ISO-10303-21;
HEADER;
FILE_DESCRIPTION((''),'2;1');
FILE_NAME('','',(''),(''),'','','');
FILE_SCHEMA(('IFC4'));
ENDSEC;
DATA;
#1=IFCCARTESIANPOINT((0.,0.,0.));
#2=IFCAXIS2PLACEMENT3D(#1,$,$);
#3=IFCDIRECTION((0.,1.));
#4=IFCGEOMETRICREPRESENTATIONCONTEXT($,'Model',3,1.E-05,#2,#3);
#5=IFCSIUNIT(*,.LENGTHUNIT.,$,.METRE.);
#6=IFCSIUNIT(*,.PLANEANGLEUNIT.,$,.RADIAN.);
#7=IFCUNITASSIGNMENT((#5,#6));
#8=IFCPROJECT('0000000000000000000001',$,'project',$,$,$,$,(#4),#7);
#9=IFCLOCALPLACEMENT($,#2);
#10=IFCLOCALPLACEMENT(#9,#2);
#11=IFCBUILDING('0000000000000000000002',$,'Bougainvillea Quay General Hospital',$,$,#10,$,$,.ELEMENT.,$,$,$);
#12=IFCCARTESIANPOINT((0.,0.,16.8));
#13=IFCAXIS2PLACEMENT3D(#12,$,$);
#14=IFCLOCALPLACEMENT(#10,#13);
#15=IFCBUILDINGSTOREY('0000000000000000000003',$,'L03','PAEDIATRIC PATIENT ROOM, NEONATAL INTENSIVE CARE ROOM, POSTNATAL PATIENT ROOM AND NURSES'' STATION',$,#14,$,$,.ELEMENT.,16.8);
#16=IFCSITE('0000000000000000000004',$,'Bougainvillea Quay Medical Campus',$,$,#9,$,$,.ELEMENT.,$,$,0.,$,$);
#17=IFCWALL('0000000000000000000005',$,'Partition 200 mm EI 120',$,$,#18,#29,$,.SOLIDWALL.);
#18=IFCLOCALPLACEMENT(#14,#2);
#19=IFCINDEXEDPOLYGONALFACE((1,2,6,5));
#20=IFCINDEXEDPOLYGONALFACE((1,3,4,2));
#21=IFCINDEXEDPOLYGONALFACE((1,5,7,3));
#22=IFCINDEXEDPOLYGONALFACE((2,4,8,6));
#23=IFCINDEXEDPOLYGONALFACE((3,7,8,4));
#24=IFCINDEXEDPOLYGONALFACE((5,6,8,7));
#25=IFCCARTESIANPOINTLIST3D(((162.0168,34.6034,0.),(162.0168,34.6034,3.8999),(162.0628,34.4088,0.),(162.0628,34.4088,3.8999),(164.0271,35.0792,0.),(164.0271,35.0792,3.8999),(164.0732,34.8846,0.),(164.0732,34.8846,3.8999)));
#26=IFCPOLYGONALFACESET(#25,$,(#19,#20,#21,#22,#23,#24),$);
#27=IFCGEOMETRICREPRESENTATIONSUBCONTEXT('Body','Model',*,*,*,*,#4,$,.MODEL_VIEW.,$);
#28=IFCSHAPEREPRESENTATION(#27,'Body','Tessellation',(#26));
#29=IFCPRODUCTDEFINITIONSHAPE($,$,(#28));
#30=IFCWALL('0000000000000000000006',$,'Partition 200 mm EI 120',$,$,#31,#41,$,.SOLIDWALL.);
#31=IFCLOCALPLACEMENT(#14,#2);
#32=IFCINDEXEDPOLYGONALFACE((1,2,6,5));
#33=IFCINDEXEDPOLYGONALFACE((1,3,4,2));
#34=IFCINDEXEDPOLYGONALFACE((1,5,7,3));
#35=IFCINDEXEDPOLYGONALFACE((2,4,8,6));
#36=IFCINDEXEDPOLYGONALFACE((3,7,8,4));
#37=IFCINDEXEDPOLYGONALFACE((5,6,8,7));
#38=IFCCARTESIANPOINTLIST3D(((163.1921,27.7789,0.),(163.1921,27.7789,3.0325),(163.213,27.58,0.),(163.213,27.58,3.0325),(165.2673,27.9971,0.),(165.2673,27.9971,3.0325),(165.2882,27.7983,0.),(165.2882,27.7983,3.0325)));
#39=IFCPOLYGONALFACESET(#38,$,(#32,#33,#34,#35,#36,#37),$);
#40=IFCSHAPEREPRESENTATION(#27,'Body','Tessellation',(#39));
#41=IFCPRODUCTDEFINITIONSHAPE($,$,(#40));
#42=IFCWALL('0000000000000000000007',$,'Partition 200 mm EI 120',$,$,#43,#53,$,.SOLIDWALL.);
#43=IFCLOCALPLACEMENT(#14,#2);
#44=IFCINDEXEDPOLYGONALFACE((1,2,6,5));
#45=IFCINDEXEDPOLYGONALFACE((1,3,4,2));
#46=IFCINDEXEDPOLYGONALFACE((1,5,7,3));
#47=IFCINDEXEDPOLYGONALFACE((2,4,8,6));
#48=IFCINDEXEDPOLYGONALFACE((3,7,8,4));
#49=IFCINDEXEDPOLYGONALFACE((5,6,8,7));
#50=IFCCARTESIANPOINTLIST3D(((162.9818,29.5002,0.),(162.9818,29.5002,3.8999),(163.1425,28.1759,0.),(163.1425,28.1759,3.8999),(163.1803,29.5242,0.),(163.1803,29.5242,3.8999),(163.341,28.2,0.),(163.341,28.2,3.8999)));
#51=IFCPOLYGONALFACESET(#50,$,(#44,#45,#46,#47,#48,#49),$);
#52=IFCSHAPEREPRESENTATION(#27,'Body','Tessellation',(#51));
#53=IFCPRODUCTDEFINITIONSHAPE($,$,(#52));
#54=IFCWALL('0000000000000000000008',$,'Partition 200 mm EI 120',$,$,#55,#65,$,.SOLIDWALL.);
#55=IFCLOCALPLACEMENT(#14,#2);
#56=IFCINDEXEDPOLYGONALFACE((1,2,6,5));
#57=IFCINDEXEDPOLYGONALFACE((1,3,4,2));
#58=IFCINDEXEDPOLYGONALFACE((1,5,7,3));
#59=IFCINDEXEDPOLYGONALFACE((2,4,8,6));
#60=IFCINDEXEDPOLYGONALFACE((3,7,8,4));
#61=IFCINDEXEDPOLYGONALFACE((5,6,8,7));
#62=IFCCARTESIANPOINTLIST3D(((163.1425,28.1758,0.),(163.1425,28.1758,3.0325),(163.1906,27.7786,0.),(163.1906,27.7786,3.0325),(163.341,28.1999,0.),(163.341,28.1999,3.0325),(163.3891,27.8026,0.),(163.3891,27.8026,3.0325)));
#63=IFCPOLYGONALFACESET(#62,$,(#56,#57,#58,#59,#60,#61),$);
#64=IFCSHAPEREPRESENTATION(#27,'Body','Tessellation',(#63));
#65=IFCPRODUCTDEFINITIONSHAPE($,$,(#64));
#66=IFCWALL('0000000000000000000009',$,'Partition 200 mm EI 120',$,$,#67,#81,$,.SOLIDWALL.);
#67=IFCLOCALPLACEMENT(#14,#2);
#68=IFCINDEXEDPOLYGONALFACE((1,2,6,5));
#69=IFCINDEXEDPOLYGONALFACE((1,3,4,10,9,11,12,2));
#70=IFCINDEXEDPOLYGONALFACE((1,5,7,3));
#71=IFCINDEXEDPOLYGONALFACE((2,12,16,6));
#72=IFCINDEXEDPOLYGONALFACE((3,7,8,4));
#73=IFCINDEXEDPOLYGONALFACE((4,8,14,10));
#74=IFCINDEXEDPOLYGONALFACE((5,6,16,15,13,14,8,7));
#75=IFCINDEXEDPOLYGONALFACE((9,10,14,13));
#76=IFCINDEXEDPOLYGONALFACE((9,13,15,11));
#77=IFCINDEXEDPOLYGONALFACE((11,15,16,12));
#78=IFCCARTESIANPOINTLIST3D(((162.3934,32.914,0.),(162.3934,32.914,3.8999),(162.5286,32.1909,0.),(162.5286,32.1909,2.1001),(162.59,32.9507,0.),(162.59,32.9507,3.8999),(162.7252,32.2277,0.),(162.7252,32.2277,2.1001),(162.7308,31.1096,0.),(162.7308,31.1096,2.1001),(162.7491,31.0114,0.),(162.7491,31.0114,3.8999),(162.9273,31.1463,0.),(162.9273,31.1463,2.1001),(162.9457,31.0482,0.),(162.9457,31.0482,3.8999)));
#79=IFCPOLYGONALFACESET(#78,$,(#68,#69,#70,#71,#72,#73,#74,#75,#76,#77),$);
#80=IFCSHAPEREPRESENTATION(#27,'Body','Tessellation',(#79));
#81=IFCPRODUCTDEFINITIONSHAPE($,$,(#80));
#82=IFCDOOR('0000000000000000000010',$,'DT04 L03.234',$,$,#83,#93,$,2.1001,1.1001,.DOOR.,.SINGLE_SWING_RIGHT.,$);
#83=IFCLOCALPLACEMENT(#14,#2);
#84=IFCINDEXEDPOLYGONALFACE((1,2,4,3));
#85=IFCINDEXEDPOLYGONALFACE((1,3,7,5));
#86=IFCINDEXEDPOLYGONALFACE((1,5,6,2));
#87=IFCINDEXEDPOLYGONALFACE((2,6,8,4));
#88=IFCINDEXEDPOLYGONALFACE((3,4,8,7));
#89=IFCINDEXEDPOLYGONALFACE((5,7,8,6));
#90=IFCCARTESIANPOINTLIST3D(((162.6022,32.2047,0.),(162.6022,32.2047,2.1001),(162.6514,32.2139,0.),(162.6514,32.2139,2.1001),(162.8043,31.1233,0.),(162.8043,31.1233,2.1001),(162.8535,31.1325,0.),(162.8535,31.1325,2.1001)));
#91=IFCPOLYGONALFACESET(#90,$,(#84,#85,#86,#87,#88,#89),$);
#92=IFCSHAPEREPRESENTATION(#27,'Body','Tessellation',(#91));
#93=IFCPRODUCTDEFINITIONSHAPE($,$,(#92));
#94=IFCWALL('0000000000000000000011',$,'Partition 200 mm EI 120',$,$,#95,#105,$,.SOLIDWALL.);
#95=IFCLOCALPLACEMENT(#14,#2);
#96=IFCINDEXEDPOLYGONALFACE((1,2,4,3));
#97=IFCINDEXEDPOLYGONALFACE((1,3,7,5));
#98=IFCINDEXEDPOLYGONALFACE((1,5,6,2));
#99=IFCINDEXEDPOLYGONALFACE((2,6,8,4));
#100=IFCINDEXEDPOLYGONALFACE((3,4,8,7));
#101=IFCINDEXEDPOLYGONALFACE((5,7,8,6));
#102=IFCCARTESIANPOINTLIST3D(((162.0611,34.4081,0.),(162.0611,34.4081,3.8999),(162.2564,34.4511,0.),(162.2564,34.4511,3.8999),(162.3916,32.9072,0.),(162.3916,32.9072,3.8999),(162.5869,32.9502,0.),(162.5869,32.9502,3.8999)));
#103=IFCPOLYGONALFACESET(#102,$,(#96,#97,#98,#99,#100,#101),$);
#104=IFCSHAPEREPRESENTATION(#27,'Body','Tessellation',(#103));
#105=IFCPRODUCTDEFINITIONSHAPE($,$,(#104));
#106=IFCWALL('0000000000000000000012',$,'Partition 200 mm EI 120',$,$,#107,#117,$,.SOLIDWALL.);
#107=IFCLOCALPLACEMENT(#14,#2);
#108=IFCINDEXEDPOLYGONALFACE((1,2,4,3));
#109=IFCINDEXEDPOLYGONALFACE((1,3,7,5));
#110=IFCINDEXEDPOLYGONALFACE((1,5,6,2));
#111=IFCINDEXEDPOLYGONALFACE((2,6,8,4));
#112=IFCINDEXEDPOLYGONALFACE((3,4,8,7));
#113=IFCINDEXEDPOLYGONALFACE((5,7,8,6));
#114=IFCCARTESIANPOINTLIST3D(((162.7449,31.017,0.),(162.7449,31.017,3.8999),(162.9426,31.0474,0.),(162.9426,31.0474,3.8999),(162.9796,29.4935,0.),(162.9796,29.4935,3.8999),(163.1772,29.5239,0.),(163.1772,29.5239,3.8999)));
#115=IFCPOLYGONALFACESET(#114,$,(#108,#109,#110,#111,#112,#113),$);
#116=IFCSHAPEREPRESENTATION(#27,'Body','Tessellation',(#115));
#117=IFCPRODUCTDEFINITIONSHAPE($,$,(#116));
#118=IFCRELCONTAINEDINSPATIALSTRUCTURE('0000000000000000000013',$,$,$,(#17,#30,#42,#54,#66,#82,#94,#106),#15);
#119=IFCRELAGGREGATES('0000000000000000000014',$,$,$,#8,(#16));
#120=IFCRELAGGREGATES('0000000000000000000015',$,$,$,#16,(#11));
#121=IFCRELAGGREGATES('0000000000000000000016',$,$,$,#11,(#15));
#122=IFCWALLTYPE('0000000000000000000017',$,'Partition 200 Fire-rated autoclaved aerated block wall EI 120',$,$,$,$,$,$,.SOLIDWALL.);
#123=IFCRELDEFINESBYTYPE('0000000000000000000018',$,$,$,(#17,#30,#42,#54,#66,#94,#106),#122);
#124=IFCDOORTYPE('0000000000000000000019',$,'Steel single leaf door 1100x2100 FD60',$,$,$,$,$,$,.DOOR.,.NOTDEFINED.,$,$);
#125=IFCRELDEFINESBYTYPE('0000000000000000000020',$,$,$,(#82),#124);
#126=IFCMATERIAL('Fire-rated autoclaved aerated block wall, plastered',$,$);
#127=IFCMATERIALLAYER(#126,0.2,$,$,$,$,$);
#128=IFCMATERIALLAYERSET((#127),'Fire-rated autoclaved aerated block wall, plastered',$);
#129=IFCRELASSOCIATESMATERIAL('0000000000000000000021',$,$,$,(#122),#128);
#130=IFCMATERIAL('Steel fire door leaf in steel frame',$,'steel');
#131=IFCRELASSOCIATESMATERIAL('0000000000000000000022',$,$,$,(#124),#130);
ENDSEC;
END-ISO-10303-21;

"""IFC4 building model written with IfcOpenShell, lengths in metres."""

from ifc_helpers import new_model, si_unit, direction, frame, frame_2d, origin, place, context, subcontext, project, spatial, rectangle, extrude, material, layer, layer_set, type_object, element, fill, save


model = new_model("IFC4")

# Units and contexts
model_context = context("Model", 3, precision=1e-05, world=origin(), true_north=direction((0.0, 1.0)))
body_context = subcontext(model_context, "Body", "Model", "MODEL_VIEW")
ifc_project = project(units=[si_unit("LENGTHUNIT", "METRE"), si_unit("PLANEANGLEUNIT", "RADIAN")], contexts=[model_context])

# Site, building, storey
site_placement = place(None, origin())
site = spatial("IfcSite", under=ifc_project, at=site_placement, Name="Bougainvillea Quay Medical Campus", CompositionType="ELEMENT", RefElevation=0.0)
building_placement = place(site_placement, origin())
building = spatial("IfcBuilding", under=site, at=building_placement, Name="Bougainvillea Quay General Hospital", CompositionType="ELEMENT")
storey_placement = place(building_placement, frame((0.0, 0.0, 16.8)))
storey = spatial("IfcBuildingStorey", under=building, at=storey_placement, Name="L03", Description="PAEDIATRIC PATIENT ROOM, NEONATAL INTENSIVE CARE ROOM, POSTNATAL PATIENT ROOM AND NURSES' STATION", CompositionType="ELEMENT", Elevation=16.8)

# Walls
ifc_material_1 = material(Name="Fire-rated autoclaved aerated block wall, plastered")
ifc_layer_1 = layer(ifc_material_1, 0.2)
ifc_layer_set_1 = layer_set([ifc_layer_1], Name="Fire-rated autoclaved aerated block wall, plastered")
wall_type_1 = type_object("IfcWallType", Name="Partition 200 Fire-rated autoclaved aerated block wall EI 120", PredefinedType="SOLIDWALL", material=ifc_layer_set_1)
wall_1_placement = place(storey_placement, frame((162.0398, 34.5061, 0.0), z_axis=(0.0, 0.0, 1.0), x_axis=(0.973117, 0.23031, 0.0)))
element("IfcWall", 1, at=wall_1_placement, inside=storey, type_object=wall_type_1, Name="Partition 200 mm EI 120", PredefinedType="SOLIDWALL", context=body_context, shape_type="SweptSolid", body=[
    extrude(rectangle(XDim=2.0659, YDim=0.2, at=frame_2d((1.033, 0.0))), origin(), (0.0, 0.0, 1.0), 3.8999),
])
wall_2_placement = place(storey_placement, frame((163.2024, 27.6794, 0.0), z_axis=(0.0, 0.0, 1.0), x_axis=(0.994514, 0.1046, 0.0)))
element("IfcWall", 2, at=wall_2_placement, inside=storey, type_object=wall_type_1, Name="Partition 200 mm EI 120", PredefinedType="SOLIDWALL", context=body_context, shape_type="SweptSolid", body=[
    extrude(rectangle(XDim=2.0867, YDim=0.2, at=frame_2d((1.0435, 0.0))), origin(), (0.0, 0.0, 1.0), 3.0325),
])
wall_3_placement = place(storey_placement, frame((163.0811, 29.5122, 0.0), z_axis=(0.0, 0.0, 1.0), x_axis=(0.12043, -0.992722, 0.0)))
element("IfcWall", 3, at=wall_3_placement, inside=storey, type_object=wall_type_1, Name="Partition 200 mm EI 120", PredefinedType="SOLIDWALL", context=body_context, shape_type="SweptSolid", body=[
    extrude(rectangle(XDim=1.334, YDim=0.2, at=frame_2d((0.667, 0.0))), origin(), (0.0, 0.0, 1.0), 3.8999),
])
wall_4_placement = place(storey_placement, frame((163.2417, 28.188, 0.0), z_axis=(0.0, 0.0, 1.0), x_axis=(0.120204, -0.992749, 0.0)))
element("IfcWall", 4, at=wall_4_placement, inside=storey, type_object=wall_type_1, Name="Partition 200 mm EI 120", PredefinedType="SOLIDWALL", context=body_context, shape_type="SweptSolid", body=[
    extrude(rectangle(XDim=0.4001, YDim=0.2, at=frame_2d((0.2002, 0.0))), origin(), (0.0, 0.0, 1.0), 3.0325),
])

# Wall, opening, door
wall_5_placement = place(storey_placement, frame((162.4917, 32.9324, 0.0), z_axis=(0.0, 0.0, 1.0), x_axis=(0.183778, -0.982968, 0.0)))
wall_5 = element("IfcWall", 5, at=wall_5_placement, inside=storey, type_object=wall_type_1, Name="Partition 200 mm EI 120", PredefinedType="SOLIDWALL", context=body_context, shape_type="SweptSolid", body=[
    extrude(rectangle(XDim=1.9355, YDim=0.2, at=frame_2d((0.9678, 0.0))), origin(), (0.0, 0.0, 1.0), 3.8999),
])
opening_placement = place(wall_5_placement, frame((0.7356, 0.0, 0.0)))
opening = element("IfcOpeningElement", 6, at=opening_placement, cuts=wall_5, PredefinedType="OPENING", context=body_context, shape_type="SweptSolid", body=[
    extrude(rectangle(XDim=1.1001, YDim=2.1001, at=frame_2d((0.55, 1.05))), frame((0.0, 0.1099, 0.0), z_axis=(0.0, -1.0, 0.0), x_axis=(1.0, 0.0, 0.0)), (0.0, 0.0, 1.0), 0.22),
])
ifc_material_2 = material(Name="Steel fire door leaf in steel frame", Category="steel")
door_type = type_object("IfcDoorType", Name="Steel single leaf door 1100x2100 FD60", OperationType="NOTDEFINED", PredefinedType="DOOR", material=ifc_material_2)
door_placement = place(opening_placement, origin())
door = element("IfcDoor", 7, at=door_placement, inside=storey, type_object=door_type, Name="DT04 L03.234", OperationType="SINGLE_SWING_RIGHT", OverallHeight=2.1001, OverallWidth=1.1001, PredefinedType="DOOR", context=body_context, shape_type="SweptSolid", body=[
    extrude(rectangle(XDim=1.1001, YDim=2.1001, at=frame_2d((0.55, 1.05))), frame((0.0, 0.0249, 0.0), z_axis=(0.0, -1.0, 0.0), x_axis=(1.0, 0.0, 0.0)), (0.0, 0.0, 1.0), 0.05),
])
fill(opening, door)

# Walls
wall_6_placement = place(storey_placement, frame((162.1587, 34.4297, 0.0), z_axis=(0.0, 0.0, 1.0), x_axis=(0.21508, -0.976596, 0.0)))
element("IfcWall", 8, at=wall_6_placement, inside=storey, type_object=wall_type_1, Name="Partition 200 mm EI 120", PredefinedType="SOLIDWALL", context=body_context, shape_type="SweptSolid", body=[
    extrude(rectangle(XDim=1.5369, YDim=0.2, at=frame_2d((0.7686, 0.0))), origin(), (0.0, 0.0, 1.0), 3.8999),
])
wall_7_placement = place(storey_placement, frame((162.8438, 31.0322, 0.0), z_axis=(0.0, 0.0, 1.0), x_axis=(0.152212, -0.988348, 0.0)))
element("IfcWall", 9, at=wall_7_placement, inside=storey, type_object=wall_type_1, Name="Partition 200 mm EI 120", PredefinedType="SOLIDWALL", context=body_context, shape_type="SweptSolid", body=[
    extrude(rectangle(XDim=1.5415, YDim=0.2, at=frame_2d((0.7708, 0.0))), origin(), (0.0, 0.0, 1.0), 3.8999),
])

save(model, "model.ifc")
